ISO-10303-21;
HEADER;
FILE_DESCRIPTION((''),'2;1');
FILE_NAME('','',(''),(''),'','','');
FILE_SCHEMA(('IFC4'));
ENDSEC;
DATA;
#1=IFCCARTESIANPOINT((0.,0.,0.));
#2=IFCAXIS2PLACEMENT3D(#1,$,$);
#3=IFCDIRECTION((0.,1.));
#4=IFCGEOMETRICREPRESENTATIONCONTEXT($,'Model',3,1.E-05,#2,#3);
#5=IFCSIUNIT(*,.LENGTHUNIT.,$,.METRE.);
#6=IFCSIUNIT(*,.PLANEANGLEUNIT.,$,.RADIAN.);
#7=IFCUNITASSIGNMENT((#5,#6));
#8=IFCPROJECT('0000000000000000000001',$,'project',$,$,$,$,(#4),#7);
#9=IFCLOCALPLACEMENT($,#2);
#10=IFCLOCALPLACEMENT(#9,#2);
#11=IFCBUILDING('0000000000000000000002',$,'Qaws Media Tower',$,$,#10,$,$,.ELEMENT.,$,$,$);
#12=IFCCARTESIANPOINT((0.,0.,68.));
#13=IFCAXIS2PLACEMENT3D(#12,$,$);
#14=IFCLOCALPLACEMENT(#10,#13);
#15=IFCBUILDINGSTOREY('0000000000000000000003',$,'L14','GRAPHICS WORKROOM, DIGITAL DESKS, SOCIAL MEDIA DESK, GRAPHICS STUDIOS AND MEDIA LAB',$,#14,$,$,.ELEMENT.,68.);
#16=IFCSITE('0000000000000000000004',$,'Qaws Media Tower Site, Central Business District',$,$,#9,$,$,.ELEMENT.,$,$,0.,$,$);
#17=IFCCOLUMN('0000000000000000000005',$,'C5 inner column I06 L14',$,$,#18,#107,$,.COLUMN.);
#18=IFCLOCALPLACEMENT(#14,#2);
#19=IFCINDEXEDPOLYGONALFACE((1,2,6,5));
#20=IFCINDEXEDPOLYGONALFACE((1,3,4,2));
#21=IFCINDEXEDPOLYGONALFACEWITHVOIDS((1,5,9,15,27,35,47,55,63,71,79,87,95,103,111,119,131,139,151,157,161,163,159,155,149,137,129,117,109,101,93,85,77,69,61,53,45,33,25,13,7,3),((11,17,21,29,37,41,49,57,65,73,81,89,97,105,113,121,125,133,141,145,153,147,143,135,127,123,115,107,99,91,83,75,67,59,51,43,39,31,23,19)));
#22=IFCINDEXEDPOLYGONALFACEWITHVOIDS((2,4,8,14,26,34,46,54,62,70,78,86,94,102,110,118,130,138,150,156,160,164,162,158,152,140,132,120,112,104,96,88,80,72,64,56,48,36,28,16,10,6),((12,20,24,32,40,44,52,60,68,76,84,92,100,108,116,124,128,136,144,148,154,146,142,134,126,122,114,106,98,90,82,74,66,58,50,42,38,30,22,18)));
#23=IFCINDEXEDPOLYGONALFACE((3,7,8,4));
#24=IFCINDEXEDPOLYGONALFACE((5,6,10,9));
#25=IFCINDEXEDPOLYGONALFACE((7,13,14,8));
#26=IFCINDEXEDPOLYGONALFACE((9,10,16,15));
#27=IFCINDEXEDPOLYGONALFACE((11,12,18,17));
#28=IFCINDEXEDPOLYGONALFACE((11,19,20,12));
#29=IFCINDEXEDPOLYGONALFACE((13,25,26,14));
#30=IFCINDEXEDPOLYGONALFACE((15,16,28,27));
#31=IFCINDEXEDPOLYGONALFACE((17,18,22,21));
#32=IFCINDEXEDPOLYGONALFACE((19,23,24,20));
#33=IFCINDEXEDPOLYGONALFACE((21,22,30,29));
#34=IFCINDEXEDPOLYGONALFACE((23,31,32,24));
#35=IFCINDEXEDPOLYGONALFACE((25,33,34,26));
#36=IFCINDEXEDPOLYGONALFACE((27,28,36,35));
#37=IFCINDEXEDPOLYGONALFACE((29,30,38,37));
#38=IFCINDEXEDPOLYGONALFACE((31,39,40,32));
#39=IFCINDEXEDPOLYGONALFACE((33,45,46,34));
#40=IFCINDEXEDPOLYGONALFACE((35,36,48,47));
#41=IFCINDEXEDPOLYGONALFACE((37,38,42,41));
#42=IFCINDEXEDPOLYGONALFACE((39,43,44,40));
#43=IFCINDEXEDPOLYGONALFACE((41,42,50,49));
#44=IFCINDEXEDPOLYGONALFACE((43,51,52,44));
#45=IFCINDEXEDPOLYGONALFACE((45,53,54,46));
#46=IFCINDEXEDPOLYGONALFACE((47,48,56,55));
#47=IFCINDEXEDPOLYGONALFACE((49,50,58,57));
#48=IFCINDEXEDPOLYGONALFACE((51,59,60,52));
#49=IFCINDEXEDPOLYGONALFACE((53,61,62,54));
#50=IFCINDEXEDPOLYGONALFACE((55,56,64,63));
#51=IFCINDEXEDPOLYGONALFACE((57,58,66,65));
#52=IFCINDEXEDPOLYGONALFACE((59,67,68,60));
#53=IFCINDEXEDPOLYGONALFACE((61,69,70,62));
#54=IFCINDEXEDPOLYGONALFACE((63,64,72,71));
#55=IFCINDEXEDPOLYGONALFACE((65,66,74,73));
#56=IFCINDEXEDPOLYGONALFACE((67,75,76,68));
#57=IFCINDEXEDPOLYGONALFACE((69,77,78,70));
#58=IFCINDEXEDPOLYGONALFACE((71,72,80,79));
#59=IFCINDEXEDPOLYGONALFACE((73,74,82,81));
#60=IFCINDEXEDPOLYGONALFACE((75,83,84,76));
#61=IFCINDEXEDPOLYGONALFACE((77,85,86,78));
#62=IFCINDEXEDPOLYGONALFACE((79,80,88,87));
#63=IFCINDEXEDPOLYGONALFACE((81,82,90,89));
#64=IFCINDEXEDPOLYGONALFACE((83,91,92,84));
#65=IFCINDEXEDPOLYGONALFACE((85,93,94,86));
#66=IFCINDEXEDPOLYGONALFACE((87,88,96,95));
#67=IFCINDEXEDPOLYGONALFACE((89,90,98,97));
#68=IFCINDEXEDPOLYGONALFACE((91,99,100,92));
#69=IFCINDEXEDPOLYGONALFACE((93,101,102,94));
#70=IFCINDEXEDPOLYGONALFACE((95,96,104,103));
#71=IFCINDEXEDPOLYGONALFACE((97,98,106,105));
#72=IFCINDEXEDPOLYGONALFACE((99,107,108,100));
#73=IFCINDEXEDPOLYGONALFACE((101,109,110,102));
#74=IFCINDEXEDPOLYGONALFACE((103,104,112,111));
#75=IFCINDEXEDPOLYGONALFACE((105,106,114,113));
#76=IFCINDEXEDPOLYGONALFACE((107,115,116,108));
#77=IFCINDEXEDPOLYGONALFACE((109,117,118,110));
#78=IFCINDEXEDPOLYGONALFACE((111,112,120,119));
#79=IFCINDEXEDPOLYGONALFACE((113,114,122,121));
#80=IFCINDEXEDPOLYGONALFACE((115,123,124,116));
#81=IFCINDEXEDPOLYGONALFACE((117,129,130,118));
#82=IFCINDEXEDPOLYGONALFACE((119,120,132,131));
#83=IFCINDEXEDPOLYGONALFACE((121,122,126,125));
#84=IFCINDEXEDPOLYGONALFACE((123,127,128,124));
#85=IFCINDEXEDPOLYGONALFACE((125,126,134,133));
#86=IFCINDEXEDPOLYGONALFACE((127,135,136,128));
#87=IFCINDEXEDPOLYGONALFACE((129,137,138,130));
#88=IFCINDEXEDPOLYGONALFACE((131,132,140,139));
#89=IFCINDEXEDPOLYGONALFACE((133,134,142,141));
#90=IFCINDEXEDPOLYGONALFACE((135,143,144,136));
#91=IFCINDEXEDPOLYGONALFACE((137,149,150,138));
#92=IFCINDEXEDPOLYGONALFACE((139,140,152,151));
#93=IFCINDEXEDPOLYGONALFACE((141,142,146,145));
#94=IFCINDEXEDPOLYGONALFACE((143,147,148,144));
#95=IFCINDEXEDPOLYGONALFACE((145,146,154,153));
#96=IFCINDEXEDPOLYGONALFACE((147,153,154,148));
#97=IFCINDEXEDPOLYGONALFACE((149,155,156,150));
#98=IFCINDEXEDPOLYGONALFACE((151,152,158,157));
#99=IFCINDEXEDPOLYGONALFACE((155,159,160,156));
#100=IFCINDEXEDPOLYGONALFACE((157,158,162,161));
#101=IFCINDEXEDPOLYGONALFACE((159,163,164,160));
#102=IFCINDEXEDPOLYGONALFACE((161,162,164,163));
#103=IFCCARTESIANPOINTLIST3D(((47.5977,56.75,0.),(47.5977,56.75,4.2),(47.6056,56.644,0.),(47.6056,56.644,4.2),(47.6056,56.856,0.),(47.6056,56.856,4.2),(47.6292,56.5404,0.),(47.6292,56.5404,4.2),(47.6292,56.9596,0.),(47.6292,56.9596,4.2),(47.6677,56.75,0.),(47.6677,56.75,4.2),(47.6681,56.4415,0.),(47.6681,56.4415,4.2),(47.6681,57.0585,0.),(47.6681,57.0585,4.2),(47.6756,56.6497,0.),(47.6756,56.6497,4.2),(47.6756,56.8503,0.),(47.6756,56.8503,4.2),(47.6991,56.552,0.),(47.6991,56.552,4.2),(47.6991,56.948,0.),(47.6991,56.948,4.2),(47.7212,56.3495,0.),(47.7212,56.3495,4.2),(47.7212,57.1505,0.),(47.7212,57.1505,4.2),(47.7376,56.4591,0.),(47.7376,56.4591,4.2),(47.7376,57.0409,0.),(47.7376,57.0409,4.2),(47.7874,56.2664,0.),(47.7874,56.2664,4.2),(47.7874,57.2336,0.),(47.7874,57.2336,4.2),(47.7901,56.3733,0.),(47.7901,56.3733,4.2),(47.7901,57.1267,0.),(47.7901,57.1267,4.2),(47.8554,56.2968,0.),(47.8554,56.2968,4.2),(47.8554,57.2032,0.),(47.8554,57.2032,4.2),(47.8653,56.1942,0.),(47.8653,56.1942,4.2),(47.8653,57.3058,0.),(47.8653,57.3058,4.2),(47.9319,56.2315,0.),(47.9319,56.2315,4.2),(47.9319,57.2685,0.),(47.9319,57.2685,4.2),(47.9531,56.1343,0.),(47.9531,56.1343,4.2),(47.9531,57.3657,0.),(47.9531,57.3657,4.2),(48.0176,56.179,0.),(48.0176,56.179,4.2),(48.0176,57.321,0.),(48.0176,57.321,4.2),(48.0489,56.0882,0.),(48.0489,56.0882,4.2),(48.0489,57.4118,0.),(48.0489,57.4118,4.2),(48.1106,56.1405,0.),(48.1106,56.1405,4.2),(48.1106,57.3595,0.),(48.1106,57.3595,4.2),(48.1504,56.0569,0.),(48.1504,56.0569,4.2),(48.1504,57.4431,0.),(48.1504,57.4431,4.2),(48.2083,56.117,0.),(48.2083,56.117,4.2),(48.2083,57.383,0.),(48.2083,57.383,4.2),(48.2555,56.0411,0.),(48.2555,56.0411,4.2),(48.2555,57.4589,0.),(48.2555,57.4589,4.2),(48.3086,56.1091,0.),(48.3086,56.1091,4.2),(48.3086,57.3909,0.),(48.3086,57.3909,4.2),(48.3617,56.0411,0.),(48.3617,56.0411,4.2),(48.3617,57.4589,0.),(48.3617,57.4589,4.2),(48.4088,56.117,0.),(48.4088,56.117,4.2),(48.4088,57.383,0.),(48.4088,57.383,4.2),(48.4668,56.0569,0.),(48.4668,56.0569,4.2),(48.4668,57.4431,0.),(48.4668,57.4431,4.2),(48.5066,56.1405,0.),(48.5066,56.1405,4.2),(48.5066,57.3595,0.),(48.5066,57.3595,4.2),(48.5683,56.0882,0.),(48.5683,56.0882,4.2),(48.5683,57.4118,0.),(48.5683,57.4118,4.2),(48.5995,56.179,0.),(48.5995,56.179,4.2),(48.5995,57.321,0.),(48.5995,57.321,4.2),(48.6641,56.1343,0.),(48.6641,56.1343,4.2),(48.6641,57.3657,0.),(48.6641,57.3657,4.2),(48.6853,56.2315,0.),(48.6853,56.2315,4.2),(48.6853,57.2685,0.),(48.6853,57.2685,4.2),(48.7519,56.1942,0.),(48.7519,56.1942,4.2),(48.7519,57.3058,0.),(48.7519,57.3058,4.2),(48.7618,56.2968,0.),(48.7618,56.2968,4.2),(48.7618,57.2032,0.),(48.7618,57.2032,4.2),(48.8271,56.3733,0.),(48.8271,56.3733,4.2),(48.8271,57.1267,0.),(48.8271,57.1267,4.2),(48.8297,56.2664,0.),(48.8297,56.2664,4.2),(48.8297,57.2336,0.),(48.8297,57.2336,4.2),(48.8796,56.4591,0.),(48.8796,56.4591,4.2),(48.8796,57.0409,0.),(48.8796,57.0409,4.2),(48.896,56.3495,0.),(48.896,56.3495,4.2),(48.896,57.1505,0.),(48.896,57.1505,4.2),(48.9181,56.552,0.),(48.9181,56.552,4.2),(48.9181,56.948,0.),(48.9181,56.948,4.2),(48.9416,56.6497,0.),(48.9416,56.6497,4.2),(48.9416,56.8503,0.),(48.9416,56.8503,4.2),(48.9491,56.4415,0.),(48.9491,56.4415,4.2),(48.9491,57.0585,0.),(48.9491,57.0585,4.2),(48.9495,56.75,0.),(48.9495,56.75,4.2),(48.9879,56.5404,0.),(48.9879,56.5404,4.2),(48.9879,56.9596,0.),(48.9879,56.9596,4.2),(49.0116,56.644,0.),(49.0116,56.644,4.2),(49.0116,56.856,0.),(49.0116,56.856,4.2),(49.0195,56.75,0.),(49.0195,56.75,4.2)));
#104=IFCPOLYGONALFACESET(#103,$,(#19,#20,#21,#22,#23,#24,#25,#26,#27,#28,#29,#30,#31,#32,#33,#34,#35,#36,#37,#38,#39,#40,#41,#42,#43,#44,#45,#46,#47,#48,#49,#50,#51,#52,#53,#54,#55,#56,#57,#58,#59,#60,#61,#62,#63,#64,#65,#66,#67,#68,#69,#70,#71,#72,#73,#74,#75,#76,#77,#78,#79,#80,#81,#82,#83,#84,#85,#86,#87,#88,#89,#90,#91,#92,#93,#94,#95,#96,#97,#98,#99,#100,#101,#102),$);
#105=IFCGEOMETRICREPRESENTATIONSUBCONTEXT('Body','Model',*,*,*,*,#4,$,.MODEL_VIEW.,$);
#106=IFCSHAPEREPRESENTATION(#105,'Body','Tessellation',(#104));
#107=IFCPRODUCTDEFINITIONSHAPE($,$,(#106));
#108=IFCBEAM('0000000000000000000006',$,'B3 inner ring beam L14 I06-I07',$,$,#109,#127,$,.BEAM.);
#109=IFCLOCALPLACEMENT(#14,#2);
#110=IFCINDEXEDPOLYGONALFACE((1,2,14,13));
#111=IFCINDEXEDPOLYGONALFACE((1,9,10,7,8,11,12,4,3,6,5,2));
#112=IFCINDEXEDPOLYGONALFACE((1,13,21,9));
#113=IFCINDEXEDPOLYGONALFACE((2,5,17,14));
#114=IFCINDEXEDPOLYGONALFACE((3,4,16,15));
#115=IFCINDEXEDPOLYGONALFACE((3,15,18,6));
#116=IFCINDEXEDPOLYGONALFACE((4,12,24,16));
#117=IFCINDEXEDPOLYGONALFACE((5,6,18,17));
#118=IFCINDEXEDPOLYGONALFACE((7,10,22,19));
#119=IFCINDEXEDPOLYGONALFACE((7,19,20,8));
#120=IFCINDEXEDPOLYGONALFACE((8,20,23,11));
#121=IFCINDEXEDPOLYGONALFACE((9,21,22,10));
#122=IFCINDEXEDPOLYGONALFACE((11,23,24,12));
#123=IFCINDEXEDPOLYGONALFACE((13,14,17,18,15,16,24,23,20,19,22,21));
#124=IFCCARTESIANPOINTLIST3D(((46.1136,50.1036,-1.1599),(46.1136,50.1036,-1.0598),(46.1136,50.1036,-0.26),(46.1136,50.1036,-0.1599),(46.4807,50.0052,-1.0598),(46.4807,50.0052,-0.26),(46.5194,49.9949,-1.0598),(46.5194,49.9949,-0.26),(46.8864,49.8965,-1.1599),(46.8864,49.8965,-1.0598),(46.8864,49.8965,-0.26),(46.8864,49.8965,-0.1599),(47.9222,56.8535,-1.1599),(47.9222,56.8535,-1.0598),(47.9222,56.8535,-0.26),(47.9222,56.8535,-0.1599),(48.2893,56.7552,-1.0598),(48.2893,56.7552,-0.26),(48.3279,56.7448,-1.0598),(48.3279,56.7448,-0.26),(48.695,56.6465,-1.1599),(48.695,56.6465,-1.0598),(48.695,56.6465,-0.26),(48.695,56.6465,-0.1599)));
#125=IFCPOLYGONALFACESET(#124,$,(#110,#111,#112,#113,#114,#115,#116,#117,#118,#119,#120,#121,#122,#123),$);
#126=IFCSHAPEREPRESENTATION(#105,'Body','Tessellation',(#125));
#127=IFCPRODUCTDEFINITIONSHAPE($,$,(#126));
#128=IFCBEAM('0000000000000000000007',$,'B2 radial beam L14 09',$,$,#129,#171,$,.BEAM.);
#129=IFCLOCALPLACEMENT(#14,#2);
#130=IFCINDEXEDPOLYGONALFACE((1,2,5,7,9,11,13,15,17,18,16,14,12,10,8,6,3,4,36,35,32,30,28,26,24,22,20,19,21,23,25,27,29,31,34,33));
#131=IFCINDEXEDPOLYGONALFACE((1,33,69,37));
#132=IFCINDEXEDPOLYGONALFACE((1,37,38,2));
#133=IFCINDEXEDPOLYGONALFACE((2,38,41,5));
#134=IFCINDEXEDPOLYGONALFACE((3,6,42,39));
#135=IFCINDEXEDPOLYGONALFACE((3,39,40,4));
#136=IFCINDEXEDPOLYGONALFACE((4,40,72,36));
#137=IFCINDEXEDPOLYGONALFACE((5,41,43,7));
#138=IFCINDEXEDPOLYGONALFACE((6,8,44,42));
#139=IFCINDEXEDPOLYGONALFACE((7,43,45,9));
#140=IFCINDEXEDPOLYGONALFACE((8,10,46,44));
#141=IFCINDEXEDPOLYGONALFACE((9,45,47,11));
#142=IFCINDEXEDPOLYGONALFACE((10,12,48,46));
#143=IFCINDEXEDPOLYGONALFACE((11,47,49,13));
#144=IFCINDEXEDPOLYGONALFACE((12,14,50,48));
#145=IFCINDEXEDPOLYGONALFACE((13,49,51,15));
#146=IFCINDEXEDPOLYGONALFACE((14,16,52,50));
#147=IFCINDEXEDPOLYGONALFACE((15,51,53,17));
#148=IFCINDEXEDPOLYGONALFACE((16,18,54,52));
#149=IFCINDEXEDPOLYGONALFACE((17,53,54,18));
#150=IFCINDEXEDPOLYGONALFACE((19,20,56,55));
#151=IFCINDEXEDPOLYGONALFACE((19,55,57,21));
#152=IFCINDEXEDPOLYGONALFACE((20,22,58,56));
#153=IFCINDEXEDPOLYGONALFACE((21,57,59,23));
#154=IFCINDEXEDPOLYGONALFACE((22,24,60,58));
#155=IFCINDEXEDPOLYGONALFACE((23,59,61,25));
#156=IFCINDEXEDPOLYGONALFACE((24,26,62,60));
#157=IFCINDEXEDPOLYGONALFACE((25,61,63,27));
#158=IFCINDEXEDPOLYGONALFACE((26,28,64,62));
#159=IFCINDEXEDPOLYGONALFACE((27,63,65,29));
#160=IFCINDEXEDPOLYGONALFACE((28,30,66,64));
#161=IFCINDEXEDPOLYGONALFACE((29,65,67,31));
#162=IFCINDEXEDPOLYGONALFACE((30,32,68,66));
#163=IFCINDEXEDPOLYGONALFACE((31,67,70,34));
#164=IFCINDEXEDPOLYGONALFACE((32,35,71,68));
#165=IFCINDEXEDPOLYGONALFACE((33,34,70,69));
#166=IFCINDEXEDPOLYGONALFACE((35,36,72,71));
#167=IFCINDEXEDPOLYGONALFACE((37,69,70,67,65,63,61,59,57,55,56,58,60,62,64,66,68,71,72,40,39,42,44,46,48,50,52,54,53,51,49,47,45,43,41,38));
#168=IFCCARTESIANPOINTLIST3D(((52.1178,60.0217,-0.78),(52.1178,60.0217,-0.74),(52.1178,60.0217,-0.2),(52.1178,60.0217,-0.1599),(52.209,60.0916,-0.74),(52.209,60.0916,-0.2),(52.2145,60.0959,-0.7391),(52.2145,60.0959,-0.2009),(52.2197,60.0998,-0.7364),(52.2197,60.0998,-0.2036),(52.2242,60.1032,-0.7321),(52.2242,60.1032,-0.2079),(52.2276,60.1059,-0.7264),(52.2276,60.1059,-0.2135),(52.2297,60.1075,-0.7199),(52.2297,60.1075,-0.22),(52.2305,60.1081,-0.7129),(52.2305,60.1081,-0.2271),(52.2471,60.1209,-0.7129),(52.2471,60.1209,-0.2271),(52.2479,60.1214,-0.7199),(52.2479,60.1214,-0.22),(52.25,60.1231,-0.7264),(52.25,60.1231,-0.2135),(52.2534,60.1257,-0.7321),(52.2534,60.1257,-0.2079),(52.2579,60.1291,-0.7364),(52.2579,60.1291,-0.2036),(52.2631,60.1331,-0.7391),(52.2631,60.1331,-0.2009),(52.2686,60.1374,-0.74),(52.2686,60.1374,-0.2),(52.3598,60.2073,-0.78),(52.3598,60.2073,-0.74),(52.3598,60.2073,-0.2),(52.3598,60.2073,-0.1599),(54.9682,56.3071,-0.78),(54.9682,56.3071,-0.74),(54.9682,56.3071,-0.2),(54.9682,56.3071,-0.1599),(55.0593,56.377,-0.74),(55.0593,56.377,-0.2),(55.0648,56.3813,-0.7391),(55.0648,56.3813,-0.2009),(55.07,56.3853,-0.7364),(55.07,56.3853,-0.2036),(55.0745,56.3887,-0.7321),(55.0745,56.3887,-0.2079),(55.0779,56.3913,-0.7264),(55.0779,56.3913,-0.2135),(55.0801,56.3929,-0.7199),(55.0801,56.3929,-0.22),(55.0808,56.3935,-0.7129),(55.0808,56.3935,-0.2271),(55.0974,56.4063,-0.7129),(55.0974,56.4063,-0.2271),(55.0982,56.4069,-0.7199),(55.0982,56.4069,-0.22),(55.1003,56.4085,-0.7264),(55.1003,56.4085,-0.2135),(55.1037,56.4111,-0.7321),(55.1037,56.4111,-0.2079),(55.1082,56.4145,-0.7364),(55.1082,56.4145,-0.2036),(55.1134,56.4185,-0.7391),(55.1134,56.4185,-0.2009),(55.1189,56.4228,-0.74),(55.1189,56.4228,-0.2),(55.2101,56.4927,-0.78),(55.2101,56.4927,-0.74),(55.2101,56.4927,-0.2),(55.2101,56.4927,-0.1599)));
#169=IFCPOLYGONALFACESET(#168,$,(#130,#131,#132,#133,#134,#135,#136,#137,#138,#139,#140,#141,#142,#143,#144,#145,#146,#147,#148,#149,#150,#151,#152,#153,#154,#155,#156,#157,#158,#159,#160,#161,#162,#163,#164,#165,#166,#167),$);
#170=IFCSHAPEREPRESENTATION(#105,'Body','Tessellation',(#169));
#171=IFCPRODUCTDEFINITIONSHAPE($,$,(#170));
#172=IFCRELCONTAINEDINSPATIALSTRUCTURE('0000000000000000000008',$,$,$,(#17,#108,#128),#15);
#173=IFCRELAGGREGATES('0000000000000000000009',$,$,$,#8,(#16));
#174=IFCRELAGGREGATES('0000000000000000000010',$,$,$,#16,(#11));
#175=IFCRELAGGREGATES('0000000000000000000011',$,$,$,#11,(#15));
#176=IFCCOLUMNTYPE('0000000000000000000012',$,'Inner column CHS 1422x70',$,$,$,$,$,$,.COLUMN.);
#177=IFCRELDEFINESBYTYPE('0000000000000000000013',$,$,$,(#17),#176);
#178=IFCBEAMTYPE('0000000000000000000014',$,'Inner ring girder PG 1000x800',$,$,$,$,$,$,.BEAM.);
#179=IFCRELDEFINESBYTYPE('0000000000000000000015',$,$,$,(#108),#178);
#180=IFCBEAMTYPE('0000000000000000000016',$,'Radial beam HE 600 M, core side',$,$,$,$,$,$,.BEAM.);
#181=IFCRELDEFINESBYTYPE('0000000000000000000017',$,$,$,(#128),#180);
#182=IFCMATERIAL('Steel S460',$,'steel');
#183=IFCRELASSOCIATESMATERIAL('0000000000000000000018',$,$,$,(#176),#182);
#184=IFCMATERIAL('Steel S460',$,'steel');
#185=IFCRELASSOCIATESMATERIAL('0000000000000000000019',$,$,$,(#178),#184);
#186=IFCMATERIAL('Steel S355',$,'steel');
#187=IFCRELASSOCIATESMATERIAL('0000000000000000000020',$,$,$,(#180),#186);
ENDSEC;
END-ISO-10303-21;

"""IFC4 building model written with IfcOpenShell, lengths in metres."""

from ifc_helpers import new_model, si_unit, direction, frame, origin, origin_2d, place, context, subcontext, project, spatial, hollow_circle, i_section, extrude, material, material_profile, profile_set, type_object, element, save


model = new_model("IFC4")

# Units and contexts
model_context = context("Model", 3, precision=1e-05, world=origin(), true_north=direction((0.0, 1.0)))
body_context = subcontext(model_context, "Body", "Model", "MODEL_VIEW")
ifc_project = project(units=[si_unit("LENGTHUNIT", "METRE"), si_unit("PLANEANGLEUNIT", "RADIAN")], contexts=[model_context])

# Site, building, storey
site_placement = place(None, origin())
site = spatial("IfcSite", under=ifc_project, at=site_placement, Name="Qaws Media Tower Site, Central Business District", CompositionType="ELEMENT", RefElevation=0.0)
building_placement = place(site_placement, origin())
building = spatial("IfcBuilding", under=site, at=building_placement, Name="Qaws Media Tower", CompositionType="ELEMENT")
storey_placement = place(building_placement, frame((0.0, 0.0, 68.0)))
storey = spatial("IfcBuildingStorey", under=building, at=storey_placement, Name="L14", Description="GRAPHICS WORKROOM, DIGITAL DESKS, SOCIAL MEDIA DESK, GRAPHICS STUDIOS AND MEDIA LAB", CompositionType="ELEMENT", Elevation=68.0)

# Column
ifc_material_1 = material(Name="Steel S460", Category="steel")
ifc_material_profile_1 = material_profile(ifc_material_1, hollow_circle(Radius=0.7109, WallThickness=0.0701, at=origin_2d()), Name="CHS 1422x70")
ifc_profile_set_1 = profile_set([ifc_material_profile_1], Name="Steel S460")
column_type = type_object("IfcColumnType", Name="Inner column CHS 1422x70", PredefinedType="COLUMN", material=ifc_profile_set_1)
column_placement = place(storey_placement, frame((48.3086, 56.75, 0.0), z_axis=(0.0, 0.0, 1.0), x_axis=(1.0, 0.0, 0.0)))
element("IfcColumn", 1, at=column_placement, inside=storey, type_object=column_type, Name="C5 inner column I06 L14", PredefinedType="COLUMN", context=body_context, shape_type="SweptSolid", body=[
    extrude(hollow_circle(Radius=0.7109, WallThickness=0.0701, at=origin_2d()), origin(), (0.0, 0.0, 1.0), 4.2),
])

# Beams
ifc_material_2 = material(Name="Steel S460", Category="steel")
ifc_material_profile_2 = material_profile(ifc_material_2, i_section(OverallWidth=0.8, OverallDepth=1.0, WebThickness=0.04, FlangeThickness=0.1001, at=origin_2d()), Name="PG 1000x800")
ifc_profile_set_2 = profile_set([ifc_material_profile_2], Name="Steel S460")
beam_type_1 = type_object("IfcBeamType", Name="Inner ring girder PG 1000x800", PredefinedType="BEAM", material=ifc_profile_set_2)
beam_1_placement = place(storey_placement, frame((48.3086, 56.75, -0.6599), z_axis=(-0.258811, -0.965928, 0.0), x_axis=(0.965928, -0.258811, 0.0)))
element("IfcBeam", 2, at=beam_1_placement, inside=storey, type_object=beam_type_1, Name="B3 inner ring beam L14 I06-I07", PredefinedType="BEAM", context=body_context, shape_type="SweptSolid", body=[
    extrude(i_section(OverallWidth=0.8, OverallDepth=1.0, WebThickness=0.04, FlangeThickness=0.1001, at=origin_2d()), origin(), (0.0, 0.0, 1.0), 6.988),
])
ifc_material_3 = material(Name="Steel S355", Category="steel")
ifc_material_profile_3 = material_profile(ifc_material_3, i_section(OverallWidth=0.3049, OverallDepth=0.6201, WebThickness=0.021, FlangeThickness=0.04, FilletRadius=0.0271, at=origin_2d()), Name="HE 600 M")
ifc_profile_set_3 = profile_set([ifc_material_profile_3], Name="Steel S355")
beam_type_2 = type_object("IfcBeamType", Name="Radial beam HE 600 M, core side", PredefinedType="BEAM", material=ifc_profile_set_3)
beam_2_placement = place(storey_placement, frame((55.0891, 56.3999, -0.47), z_axis=(-0.608765, 0.79335, 0.0), x_axis=(-0.79335, -0.608765, 0.0)))
element("IfcBeam", 3, at=beam_2_placement, inside=storey, type_object=beam_type_2, Name="B2 radial beam L14 09", PredefinedType="BEAM", context=body_context, shape_type="SweptSolid", body=[
    extrude(i_section(OverallWidth=0.3049, OverallDepth=0.6201, WebThickness=0.021, FlangeThickness=0.04, FilletRadius=0.0271, at=origin_2d()), origin(), (0.0, 0.0, 1.0), 4.6821),
])

save(model, "model.ifc")
